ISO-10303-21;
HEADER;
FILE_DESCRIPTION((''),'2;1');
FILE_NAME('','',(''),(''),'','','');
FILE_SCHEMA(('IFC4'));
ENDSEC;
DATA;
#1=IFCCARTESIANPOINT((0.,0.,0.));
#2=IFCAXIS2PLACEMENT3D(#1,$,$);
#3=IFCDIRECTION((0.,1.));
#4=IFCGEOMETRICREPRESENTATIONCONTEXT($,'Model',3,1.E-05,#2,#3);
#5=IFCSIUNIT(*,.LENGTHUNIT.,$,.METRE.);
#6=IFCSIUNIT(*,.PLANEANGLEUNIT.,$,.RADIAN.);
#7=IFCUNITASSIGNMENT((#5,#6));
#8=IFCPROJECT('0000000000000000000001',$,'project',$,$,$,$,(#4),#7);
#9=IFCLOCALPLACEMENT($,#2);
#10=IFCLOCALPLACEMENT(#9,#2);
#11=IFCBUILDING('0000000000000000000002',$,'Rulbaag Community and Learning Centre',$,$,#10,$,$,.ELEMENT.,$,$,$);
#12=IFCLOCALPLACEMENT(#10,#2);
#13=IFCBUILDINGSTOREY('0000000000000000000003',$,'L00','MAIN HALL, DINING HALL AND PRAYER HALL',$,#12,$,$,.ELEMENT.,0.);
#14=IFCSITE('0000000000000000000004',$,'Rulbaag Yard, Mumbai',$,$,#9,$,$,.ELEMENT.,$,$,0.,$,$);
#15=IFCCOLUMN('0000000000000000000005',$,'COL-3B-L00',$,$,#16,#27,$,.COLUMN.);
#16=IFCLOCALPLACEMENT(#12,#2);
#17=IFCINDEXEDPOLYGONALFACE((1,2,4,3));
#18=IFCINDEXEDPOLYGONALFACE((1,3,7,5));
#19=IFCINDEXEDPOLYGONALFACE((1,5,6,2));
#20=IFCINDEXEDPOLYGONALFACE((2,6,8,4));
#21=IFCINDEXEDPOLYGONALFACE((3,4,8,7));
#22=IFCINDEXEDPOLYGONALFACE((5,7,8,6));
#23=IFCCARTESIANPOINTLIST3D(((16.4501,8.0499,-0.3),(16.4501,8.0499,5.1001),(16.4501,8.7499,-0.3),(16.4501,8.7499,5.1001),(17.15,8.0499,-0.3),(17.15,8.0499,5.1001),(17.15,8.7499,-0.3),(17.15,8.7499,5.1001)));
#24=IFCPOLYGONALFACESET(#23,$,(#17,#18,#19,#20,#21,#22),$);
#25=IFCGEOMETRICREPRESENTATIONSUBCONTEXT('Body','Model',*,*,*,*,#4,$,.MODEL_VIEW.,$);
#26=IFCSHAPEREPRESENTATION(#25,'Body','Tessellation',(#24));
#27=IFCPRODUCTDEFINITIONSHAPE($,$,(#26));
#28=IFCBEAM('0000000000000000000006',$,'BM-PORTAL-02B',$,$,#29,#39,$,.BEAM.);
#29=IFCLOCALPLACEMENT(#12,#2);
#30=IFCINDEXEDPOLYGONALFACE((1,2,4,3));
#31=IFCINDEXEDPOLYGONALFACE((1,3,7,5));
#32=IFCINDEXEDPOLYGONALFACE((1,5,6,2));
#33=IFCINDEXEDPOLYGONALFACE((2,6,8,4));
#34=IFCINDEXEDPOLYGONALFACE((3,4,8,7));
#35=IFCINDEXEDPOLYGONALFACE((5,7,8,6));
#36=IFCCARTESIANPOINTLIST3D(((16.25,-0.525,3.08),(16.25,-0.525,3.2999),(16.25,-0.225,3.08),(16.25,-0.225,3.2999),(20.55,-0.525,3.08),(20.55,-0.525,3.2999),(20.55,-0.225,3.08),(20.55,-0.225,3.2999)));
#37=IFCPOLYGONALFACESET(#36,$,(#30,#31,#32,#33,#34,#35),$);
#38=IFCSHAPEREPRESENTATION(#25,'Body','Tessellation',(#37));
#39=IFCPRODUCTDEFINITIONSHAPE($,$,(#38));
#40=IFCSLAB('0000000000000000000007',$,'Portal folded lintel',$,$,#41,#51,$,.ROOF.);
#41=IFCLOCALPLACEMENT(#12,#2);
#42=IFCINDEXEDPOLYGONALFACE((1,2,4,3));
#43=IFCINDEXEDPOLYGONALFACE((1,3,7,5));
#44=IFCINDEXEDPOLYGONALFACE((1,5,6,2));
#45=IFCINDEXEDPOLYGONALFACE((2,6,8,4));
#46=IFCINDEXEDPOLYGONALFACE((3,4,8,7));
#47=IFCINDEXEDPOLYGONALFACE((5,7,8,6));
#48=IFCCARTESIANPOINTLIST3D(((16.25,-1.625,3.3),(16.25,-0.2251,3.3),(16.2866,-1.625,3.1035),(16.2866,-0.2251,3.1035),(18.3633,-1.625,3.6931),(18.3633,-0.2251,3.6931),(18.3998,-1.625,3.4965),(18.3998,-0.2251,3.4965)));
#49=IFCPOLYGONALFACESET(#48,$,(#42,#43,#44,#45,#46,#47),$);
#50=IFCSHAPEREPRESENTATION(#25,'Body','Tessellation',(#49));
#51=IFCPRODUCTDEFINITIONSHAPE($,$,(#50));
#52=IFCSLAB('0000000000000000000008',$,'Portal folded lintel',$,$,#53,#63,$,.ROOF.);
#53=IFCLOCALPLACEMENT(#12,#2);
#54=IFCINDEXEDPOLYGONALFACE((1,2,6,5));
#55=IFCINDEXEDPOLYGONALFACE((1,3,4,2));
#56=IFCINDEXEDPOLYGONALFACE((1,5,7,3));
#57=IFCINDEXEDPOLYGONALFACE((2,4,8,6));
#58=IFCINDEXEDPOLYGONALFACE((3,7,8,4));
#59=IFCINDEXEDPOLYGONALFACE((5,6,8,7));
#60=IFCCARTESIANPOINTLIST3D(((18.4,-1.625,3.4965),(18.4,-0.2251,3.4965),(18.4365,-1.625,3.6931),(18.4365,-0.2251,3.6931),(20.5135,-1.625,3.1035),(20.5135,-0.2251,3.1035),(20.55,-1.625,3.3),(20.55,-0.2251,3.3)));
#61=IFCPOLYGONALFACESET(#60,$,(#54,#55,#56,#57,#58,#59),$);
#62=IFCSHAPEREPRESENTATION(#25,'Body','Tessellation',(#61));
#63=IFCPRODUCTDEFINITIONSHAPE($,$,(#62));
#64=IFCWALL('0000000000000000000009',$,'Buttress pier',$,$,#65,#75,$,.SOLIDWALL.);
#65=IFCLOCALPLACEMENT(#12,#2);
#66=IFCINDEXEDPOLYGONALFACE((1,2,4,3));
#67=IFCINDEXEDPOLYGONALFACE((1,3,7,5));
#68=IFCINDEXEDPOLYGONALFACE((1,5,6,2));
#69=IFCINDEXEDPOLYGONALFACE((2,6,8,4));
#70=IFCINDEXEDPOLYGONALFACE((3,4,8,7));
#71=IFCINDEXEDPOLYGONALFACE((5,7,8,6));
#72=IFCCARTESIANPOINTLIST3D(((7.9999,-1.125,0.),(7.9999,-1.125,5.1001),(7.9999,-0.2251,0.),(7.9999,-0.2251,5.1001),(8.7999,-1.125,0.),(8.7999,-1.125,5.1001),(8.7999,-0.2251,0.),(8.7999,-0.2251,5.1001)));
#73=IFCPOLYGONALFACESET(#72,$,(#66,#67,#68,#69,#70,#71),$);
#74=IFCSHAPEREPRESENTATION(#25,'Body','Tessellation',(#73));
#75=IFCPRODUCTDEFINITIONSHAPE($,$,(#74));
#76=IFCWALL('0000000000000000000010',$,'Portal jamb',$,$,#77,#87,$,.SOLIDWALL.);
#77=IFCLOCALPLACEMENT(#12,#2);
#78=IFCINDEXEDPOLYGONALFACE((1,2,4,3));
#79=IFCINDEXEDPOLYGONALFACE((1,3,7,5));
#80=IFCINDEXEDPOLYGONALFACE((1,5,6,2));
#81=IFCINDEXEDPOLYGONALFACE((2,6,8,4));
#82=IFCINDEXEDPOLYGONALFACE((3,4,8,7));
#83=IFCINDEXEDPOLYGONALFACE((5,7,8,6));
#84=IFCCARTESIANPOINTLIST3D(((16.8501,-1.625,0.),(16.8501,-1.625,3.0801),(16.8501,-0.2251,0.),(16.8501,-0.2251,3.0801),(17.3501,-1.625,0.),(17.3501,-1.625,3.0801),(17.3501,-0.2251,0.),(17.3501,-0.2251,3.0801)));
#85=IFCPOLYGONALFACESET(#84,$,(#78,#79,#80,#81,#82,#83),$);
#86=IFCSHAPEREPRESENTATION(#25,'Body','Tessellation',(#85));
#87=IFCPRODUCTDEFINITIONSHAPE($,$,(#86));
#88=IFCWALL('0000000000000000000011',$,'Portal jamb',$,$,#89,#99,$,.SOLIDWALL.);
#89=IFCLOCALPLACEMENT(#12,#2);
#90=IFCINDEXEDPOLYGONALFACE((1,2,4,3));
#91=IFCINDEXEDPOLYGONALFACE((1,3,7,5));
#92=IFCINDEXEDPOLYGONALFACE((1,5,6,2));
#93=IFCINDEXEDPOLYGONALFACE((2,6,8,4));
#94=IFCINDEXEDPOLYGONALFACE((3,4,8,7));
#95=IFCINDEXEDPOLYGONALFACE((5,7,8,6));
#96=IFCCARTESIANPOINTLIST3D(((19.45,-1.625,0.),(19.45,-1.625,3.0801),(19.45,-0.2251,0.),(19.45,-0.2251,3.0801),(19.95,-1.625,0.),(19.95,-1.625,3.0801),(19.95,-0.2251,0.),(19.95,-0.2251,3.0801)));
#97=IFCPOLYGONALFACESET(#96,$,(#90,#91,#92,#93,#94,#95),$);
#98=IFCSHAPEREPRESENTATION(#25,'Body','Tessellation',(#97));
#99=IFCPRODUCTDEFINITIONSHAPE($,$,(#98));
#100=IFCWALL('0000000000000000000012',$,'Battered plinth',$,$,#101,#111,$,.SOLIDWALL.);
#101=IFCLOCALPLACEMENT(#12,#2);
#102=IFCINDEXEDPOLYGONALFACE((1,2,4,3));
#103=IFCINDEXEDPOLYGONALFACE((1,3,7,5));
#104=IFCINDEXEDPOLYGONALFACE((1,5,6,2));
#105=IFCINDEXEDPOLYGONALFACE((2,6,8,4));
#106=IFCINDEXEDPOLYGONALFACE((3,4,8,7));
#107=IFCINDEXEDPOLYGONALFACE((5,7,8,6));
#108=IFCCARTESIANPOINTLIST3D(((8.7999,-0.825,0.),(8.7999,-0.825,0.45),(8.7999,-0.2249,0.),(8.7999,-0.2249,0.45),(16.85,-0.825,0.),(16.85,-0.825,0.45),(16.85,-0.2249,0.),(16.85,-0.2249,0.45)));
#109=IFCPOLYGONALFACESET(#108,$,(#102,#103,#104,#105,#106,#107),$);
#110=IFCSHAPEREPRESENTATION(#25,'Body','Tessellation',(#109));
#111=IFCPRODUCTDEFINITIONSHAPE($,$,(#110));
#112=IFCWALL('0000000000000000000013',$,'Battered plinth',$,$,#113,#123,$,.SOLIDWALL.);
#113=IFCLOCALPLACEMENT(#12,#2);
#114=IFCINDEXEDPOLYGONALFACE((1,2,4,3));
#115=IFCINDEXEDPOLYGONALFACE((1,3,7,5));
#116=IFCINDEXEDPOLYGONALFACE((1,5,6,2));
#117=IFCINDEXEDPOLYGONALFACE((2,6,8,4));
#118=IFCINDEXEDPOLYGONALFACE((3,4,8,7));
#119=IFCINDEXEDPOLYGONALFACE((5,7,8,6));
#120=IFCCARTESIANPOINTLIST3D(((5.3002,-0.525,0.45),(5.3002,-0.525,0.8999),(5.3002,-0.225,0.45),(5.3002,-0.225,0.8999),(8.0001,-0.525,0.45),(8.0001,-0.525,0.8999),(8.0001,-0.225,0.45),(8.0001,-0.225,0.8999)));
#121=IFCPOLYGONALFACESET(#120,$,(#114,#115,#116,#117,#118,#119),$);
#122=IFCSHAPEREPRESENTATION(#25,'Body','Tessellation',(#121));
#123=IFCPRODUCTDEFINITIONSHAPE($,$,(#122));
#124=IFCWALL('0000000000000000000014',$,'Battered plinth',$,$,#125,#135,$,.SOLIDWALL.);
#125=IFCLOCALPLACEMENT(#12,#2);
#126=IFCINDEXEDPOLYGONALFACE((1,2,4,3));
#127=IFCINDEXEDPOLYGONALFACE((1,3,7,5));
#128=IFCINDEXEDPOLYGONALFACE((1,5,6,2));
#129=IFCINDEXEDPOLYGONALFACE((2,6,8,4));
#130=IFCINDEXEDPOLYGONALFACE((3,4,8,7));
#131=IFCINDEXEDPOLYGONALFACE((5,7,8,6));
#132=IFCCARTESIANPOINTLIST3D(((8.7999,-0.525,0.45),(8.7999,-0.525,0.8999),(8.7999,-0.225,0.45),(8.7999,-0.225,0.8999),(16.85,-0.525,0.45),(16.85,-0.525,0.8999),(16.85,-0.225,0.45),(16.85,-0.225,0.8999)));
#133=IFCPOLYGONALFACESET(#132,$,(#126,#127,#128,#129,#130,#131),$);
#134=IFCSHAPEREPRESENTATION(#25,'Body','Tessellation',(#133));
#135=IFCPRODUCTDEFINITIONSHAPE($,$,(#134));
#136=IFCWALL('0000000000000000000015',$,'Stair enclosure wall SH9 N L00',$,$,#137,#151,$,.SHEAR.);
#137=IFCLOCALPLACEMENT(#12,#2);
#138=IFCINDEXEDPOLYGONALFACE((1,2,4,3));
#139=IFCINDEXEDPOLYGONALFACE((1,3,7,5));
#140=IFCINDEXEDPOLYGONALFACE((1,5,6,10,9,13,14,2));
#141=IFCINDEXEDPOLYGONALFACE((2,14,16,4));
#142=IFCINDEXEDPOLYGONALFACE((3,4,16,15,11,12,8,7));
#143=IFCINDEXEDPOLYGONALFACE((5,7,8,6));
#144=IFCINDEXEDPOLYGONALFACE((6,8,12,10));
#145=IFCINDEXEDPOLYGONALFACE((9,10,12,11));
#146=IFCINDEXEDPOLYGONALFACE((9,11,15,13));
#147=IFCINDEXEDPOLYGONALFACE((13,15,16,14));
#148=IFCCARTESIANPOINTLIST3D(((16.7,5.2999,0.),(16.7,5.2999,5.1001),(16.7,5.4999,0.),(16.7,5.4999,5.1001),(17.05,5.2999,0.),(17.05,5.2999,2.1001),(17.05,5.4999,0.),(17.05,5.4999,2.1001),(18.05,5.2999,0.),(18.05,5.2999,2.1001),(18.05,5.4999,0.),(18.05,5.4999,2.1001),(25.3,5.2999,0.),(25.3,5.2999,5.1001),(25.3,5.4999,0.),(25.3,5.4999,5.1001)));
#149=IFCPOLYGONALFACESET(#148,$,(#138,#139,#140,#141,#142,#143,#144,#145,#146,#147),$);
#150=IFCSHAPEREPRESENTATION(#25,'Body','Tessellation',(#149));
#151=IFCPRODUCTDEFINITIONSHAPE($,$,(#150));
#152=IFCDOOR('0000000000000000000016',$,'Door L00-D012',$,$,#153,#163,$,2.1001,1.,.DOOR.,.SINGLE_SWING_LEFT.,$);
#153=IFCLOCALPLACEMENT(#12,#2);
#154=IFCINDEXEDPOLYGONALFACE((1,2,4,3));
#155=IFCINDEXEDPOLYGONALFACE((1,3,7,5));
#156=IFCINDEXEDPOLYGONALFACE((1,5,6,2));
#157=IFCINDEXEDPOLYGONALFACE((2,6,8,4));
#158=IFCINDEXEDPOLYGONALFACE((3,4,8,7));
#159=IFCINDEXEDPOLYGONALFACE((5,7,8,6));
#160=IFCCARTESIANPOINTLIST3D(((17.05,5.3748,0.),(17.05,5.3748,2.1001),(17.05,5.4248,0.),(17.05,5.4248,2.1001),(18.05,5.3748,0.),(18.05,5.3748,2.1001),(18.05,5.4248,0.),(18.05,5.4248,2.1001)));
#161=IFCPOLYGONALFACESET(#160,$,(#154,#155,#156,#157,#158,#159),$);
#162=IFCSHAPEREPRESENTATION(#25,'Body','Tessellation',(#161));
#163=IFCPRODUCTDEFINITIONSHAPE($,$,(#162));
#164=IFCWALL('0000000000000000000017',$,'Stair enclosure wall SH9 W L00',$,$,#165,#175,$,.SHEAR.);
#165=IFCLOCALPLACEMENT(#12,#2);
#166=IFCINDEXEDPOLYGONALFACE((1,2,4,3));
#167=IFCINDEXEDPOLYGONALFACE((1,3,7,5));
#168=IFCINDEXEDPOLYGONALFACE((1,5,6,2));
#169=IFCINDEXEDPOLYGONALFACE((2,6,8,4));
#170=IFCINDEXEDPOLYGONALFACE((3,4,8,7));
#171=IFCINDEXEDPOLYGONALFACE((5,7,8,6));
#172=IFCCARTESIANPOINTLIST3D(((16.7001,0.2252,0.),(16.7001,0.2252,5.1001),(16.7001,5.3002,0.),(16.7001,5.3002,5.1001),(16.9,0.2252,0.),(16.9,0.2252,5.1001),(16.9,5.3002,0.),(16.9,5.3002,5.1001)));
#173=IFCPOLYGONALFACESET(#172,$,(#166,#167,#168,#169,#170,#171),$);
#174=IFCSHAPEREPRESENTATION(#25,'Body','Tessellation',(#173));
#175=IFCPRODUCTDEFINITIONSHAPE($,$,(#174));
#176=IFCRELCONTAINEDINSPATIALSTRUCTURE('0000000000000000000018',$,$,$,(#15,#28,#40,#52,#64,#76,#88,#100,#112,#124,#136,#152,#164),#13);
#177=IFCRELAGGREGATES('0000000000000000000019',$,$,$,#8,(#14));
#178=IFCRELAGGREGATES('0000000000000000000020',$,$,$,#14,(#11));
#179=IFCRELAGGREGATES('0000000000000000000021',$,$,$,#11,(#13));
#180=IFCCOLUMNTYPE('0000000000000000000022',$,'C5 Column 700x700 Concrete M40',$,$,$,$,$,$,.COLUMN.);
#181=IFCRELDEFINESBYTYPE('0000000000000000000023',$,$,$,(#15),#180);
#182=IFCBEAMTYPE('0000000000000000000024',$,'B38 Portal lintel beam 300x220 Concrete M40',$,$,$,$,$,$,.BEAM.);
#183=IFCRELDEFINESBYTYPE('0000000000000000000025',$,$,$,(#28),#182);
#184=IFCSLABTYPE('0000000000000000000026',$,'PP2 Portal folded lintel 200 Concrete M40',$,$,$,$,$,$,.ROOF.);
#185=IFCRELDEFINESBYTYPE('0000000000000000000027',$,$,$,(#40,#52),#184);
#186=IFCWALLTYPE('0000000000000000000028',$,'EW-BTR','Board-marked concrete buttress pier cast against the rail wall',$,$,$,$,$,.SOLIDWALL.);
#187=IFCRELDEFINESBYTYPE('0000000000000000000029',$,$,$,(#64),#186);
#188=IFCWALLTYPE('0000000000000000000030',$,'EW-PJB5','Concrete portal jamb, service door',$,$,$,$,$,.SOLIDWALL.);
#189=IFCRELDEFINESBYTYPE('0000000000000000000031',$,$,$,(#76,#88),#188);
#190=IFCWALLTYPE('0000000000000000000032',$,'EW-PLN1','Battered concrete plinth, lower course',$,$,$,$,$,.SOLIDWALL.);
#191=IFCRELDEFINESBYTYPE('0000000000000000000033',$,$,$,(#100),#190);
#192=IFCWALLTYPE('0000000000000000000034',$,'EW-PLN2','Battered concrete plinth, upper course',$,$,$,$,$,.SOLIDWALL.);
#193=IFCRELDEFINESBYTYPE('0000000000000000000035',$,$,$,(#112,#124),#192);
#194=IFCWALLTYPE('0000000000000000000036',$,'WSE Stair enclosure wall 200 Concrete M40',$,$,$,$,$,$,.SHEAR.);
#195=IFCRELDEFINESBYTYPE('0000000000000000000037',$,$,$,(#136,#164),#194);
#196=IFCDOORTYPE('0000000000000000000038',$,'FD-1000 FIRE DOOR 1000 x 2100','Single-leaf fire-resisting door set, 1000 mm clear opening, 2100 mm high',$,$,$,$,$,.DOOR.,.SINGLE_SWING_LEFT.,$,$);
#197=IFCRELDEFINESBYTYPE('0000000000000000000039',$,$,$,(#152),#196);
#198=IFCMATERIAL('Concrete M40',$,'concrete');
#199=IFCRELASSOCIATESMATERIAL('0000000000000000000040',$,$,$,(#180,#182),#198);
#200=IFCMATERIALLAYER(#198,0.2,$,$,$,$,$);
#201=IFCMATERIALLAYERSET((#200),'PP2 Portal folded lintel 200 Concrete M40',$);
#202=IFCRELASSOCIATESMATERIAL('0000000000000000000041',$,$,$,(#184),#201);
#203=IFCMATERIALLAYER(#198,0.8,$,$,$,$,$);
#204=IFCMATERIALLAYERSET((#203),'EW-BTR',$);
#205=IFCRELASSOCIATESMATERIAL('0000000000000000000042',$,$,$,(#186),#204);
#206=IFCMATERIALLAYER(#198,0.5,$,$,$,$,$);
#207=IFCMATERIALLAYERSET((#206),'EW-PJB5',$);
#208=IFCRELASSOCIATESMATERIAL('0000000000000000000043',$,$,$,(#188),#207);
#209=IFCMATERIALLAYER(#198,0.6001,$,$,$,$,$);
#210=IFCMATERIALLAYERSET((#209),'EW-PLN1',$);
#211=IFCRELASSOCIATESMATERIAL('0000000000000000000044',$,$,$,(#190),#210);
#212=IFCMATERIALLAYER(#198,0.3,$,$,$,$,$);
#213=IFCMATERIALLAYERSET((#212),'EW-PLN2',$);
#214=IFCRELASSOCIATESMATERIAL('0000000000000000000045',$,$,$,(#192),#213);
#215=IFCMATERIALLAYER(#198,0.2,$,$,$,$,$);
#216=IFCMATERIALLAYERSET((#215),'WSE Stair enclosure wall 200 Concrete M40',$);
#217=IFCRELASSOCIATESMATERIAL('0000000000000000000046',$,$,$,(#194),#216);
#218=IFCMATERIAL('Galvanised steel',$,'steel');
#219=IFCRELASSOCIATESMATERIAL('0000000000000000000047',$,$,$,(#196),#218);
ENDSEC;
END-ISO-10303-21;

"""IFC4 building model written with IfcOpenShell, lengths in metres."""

from ifc_helpers import new_model, si_unit, direction, frame, frame_2d, origin, origin_2d, place, context, subcontext, project, spatial, polyline, rectangle, outline, extrude, material, layer, layer_set, material_profile, profile_set, type_object, element, fill, save


model = new_model("IFC4")

# Units and contexts
model_context = context("Model", 3, precision=1e-05, world=origin(), true_north=direction((0.0, 1.0)))
body_context = subcontext(model_context, "Body", "Model", "MODEL_VIEW")
ifc_project = project(units=[si_unit("LENGTHUNIT", "METRE"), si_unit("PLANEANGLEUNIT", "RADIAN")], contexts=[model_context])

# Site, building, storey
site_placement = place(None, origin())
site = spatial("IfcSite", under=ifc_project, at=site_placement, Name="Rulbaag Yard, Mumbai", CompositionType="ELEMENT", RefElevation=0.0)
building_placement = place(site_placement, origin())
building = spatial("IfcBuilding", under=site, at=building_placement, Name="Rulbaag Community and Learning Centre", CompositionType="ELEMENT")
storey_placement = place(building_placement, origin())
storey = spatial("IfcBuildingStorey", under=building, at=storey_placement, Name="L00", Description="MAIN HALL, DINING HALL AND PRAYER HALL", CompositionType="ELEMENT", Elevation=0.0)

# Column
ifc_material_1 = material(Name="Concrete M40", Category="concrete")
ifc_material_profile_1 = material_profile(ifc_material_1, rectangle(XDim=0.7, YDim=0.7, at=origin_2d()), Name="RC700x700")
ifc_profile_set_1 = profile_set([ifc_material_profile_1], Name="Concrete M40")
column_type_1 = type_object("IfcColumnType", Name="C5 Column 700x700 Concrete M40", PredefinedType="COLUMN", material=ifc_profile_set_1)
for number, where, z_axis, x_axis, name in (
    (1, (16.8, 8.3999, -0.3), (0.0, 0.0, 1.0), (1.0, 0.0, 0.0), "COL-3B-L00"),
):
    element("IfcColumn", number, at=place(storey_placement, frame(where, z_axis=z_axis, x_axis=x_axis)), inside=storey, type_object=column_type_1, Name=name, PredefinedType="COLUMN", context=body_context, shape_type="SweptSolid", body=[
        extrude(rectangle(XDim=0.7, YDim=0.7, at=origin_2d()), origin(), (0.0, 0.0, 1.0), 5.4001),
    ])

# Beam
ifc_material_profile_2 = material_profile(ifc_material_1, rectangle(XDim=0.3, YDim=0.22, at=origin_2d()), Name="RB300x220")
ifc_profile_set_2 = profile_set([ifc_material_profile_2], Name="Concrete M40")
beam_type = type_object("IfcBeamType", Name="B38 Portal lintel beam 300x220 Concrete M40", PredefinedType="BEAM", material=ifc_profile_set_2)
beam_placement = place(storey_placement, frame((16.25, -0.375, 3.1899), z_axis=(1.0, 0.0, 0.0), x_axis=(0.0, 1.0, 0.0)))
element("IfcBeam", 2, at=beam_placement, inside=storey, type_object=beam_type, Name="BM-PORTAL-02B", PredefinedType="BEAM", context=body_context, shape_type="SweptSolid", body=[
    extrude(rectangle(XDim=0.3, YDim=0.22, at=origin_2d()), origin(), (0.0, 0.0, 1.0), 4.3),
])

# Slabs
ifc_layer_1 = layer(ifc_material_1, 0.2)
ifc_layer_set_1 = layer_set([ifc_layer_1], Name="PP2 Portal folded lintel 200 Concrete M40")
slab_type = type_object("IfcSlabType", Name="PP2 Portal folded lintel 200 Concrete M40", PredefinedType="ROOF", material=ifc_layer_set_1)
slab_1_placement = place(storey_placement, frame((16.25, -0.2251, 3.3), z_axis=(-0.182862, 0.0, 0.983139), x_axis=(0.983139, 0.0, 0.182862)))
element("IfcSlab", 3, at=slab_1_placement, inside=storey, type_object=slab_type, Name="Portal folded lintel", PredefinedType="ROOF", context=body_context, shape_type="SweptSolid", body=[
    extrude(outline(polyline([(0.0, 0.0), (2.1495, 0.0), (2.1495, -1.3999), (0.0, -1.3999), (0.0, 0.0)])), origin(), (0.0, 0.0, -1.0), 0.2),
])
slab_2_placement = place(storey_placement, frame((18.4365, -0.2251, 3.6931), z_axis=(0.182842, 0.0, 0.983142), x_axis=(0.983142, 0.0, -0.182842)))
element("IfcSlab", 4, at=slab_2_placement, inside=storey, type_object=slab_type, Name="Portal folded lintel", PredefinedType="ROOF", context=body_context, shape_type="SweptSolid", body=[
    extrude(outline(polyline([(0.0, 0.0), (2.1498, 0.0), (2.1498, -1.3999), (0.0, -1.3999), (0.0, 0.0)])), origin(), (0.0, 0.0, -1.0), 0.2),
])

# Walls
ifc_layer_2 = layer(ifc_material_1, 0.8)
ifc_layer_set_2 = layer_set([ifc_layer_2], Name="EW-BTR")
wall_type_1 = type_object("IfcWallType", Name="EW-BTR", Description="Board-marked concrete buttress pier cast against the rail wall", PredefinedType="SOLIDWALL", material=ifc_layer_set_2)
wall_1_placement = place(storey_placement, frame((8.3999, -0.2251, 0.0), z_axis=(0.0, 0.0, 1.0), x_axis=(0.0, -1.0, 0.0)))
element("IfcWall", 5, at=wall_1_placement, inside=storey, type_object=wall_type_1, Name="Buttress pier", PredefinedType="SOLIDWALL", context=body_context, shape_type="SweptSolid", body=[
    extrude(rectangle(XDim=0.8999, YDim=0.8, at=frame_2d((0.45, 0.0))), origin(), (0.0, 0.0, 1.0), 5.1001),
])
ifc_layer_3 = layer(ifc_material_1, 0.5)
ifc_layer_set_3 = layer_set([ifc_layer_3], Name="EW-PJB5")
wall_type_2 = type_object("IfcWallType", Name="EW-PJB5", Description="Concrete portal jamb, service door", PredefinedType="SOLIDWALL", material=ifc_layer_set_3)
for number, where, z_axis, x_axis, name in (
    (6, (17.1001, -0.2251, 0.0), (0.0, 0.0, 1.0), (0.0, -1.0, 0.0), "Portal jamb"),
    (7, (19.7, -0.2251, 0.0), (0.0, 0.0, 1.0), (0.0, -1.0, 0.0), "Portal jamb"),
):
    element("IfcWall", number, at=place(storey_placement, frame(where, z_axis=z_axis, x_axis=x_axis)), inside=storey, type_object=wall_type_2, Name=name, PredefinedType="SOLIDWALL", context=body_context, shape_type="SweptSolid", body=[
        extrude(rectangle(XDim=1.3999, YDim=0.5, at=frame_2d((0.7, 0.0))), origin(), (0.0, 0.0, 1.0), 3.0801),
    ])
ifc_layer_4 = layer(ifc_material_1, 0.6001)
ifc_layer_set_4 = layer_set([ifc_layer_4], Name="EW-PLN1")
wall_type_3 = type_object("IfcWallType", Name="EW-PLN1", Description="Battered concrete plinth, lower course", PredefinedType="SOLIDWALL", material=ifc_layer_set_4)
wall_2_placement = place(storey_placement, frame((8.8, -0.5249, 0.0), z_axis=(0.0, 0.0, 1.0), x_axis=(1.0, 0.0, 0.0)))
element("IfcWall", 8, at=wall_2_placement, inside=storey, type_object=wall_type_3, Name="Battered plinth", PredefinedType="SOLIDWALL", context=body_context, shape_type="SweptSolid", body=[
    extrude(rectangle(XDim=8.05, YDim=0.6001, at=frame_2d((4.0249, 0.0))), origin(), (0.0, 0.0, 1.0), 0.45),
])
ifc_layer_5 = layer(ifc_material_1, 0.3)
ifc_layer_set_5 = layer_set([ifc_layer_5], Name="EW-PLN2")
wall_type_4 = type_object("IfcWallType", Name="EW-PLN2", Description="Battered concrete plinth, upper course", PredefinedType="SOLIDWALL", material=ifc_layer_set_5)
wall_3_placement = place(storey_placement, frame((5.3, -0.375, 0.45), z_axis=(0.0, 0.0, 1.0), x_axis=(1.0, 0.0, 0.0)))
element("IfcWall", 9, at=wall_3_placement, inside=storey, type_object=wall_type_4, Name="Battered plinth", PredefinedType="SOLIDWALL", context=body_context, shape_type="SweptSolid", body=[
    extrude(rectangle(XDim=2.7, YDim=0.3, at=frame_2d((1.3501, 0.0))), origin(), (0.0, 0.0, 1.0), 0.45),
])
wall_4_placement = place(storey_placement, frame((8.8, -0.375, 0.45), z_axis=(0.0, 0.0, 1.0), x_axis=(1.0, 0.0, 0.0)))
element("IfcWall", 10, at=wall_4_placement, inside=storey, type_object=wall_type_4, Name="Battered plinth", PredefinedType="SOLIDWALL", context=body_context, shape_type="SweptSolid", body=[
    extrude(rectangle(XDim=8.05, YDim=0.3, at=frame_2d((4.0249, 0.0))), origin(), (0.0, 0.0, 1.0), 0.45),
])

# Wall, opening, door
ifc_layer_6 = layer(ifc_material_1, 0.2)
ifc_layer_set_6 = layer_set([ifc_layer_6], Name="WSE Stair enclosure wall 200 Concrete M40")
wall_type_5 = type_object("IfcWallType", Name="WSE Stair enclosure wall 200 Concrete M40", PredefinedType="SHEAR", material=ifc_layer_set_6)
wall_5_placement = place(storey_placement, frame((16.7, 5.3999, 0.0), z_axis=(0.0, 0.0, 1.0), x_axis=(1.0, 0.0, 0.0)))
wall_5 = element("IfcWall", 11, at=wall_5_placement, inside=storey, type_object=wall_type_5, Name="Stair enclosure wall SH9 N L00", PredefinedType="SHEAR", context=body_context, shape_type="SweptSolid", body=[
    extrude(rectangle(XDim=8.6001, YDim=0.2, at=frame_2d((4.3, 0.0))), origin(), (0.0, 0.0, 1.0), 5.1001),
])
opening_placement = place(wall_5_placement, frame((0.3501, 0.0, 0.0)))
opening = element("IfcOpeningElement", 12, at=opening_placement, cuts=wall_5, PredefinedType="OPENING", context=body_context, shape_type="SweptSolid", body=[
    extrude(rectangle(XDim=1.0, YDim=2.1001, at=frame_2d((0.5, 1.05))), frame((0.0, 0.1099, 0.0), z_axis=(0.0, -1.0, 0.0), x_axis=(1.0, 0.0, 0.0)), (0.0, 0.0, 1.0), 0.22),
])
ifc_material_2 = material(Name="Galvanised steel", Category="steel")
door_type = type_object("IfcDoorType", Name="FD-1000 FIRE DOOR 1000 x 2100", Description="Single-leaf fire-resisting door set, 1000 mm clear opening, 2100 mm high", OperationType="SINGLE_SWING_LEFT", PredefinedType="DOOR", material=ifc_material_2)
door_placement = place(opening_placement, origin())
door = element("IfcDoor", 13, at=door_placement, inside=storey, type_object=door_type, Name="Door L00-D012", OperationType="SINGLE_SWING_LEFT", OverallHeight=2.1001, OverallWidth=1.0, PredefinedType="DOOR", context=body_context, shape_type="SweptSolid", body=[
    extrude(rectangle(XDim=1.0, YDim=2.1001, at=frame_2d((0.5, 1.05))), frame((0.0, 0.0249, 0.0), z_axis=(0.0, -1.0, 0.0), x_axis=(1.0, 0.0, 0.0)), (0.0, 0.0, 1.0), 0.05),
])
fill(opening, door)

# Wall
wall_6_placement = place(storey_placement, frame((16.8, 0.2251, 0.0), z_axis=(0.0, 0.0, 1.0), x_axis=(0.0, 1.0, 0.0)))
element("IfcWall", 14, at=wall_6_placement, inside=storey, type_object=wall_type_5, Name="Stair enclosure wall SH9 W L00", PredefinedType="SHEAR", context=body_context, shape_type="SweptSolid", body=[
    extrude(rectangle(XDim=5.075, YDim=0.2, at=frame_2d((2.5376, 0.0))), origin(), (0.0, 0.0, 1.0), 5.1001),
])

save(model, "model.ifc")
